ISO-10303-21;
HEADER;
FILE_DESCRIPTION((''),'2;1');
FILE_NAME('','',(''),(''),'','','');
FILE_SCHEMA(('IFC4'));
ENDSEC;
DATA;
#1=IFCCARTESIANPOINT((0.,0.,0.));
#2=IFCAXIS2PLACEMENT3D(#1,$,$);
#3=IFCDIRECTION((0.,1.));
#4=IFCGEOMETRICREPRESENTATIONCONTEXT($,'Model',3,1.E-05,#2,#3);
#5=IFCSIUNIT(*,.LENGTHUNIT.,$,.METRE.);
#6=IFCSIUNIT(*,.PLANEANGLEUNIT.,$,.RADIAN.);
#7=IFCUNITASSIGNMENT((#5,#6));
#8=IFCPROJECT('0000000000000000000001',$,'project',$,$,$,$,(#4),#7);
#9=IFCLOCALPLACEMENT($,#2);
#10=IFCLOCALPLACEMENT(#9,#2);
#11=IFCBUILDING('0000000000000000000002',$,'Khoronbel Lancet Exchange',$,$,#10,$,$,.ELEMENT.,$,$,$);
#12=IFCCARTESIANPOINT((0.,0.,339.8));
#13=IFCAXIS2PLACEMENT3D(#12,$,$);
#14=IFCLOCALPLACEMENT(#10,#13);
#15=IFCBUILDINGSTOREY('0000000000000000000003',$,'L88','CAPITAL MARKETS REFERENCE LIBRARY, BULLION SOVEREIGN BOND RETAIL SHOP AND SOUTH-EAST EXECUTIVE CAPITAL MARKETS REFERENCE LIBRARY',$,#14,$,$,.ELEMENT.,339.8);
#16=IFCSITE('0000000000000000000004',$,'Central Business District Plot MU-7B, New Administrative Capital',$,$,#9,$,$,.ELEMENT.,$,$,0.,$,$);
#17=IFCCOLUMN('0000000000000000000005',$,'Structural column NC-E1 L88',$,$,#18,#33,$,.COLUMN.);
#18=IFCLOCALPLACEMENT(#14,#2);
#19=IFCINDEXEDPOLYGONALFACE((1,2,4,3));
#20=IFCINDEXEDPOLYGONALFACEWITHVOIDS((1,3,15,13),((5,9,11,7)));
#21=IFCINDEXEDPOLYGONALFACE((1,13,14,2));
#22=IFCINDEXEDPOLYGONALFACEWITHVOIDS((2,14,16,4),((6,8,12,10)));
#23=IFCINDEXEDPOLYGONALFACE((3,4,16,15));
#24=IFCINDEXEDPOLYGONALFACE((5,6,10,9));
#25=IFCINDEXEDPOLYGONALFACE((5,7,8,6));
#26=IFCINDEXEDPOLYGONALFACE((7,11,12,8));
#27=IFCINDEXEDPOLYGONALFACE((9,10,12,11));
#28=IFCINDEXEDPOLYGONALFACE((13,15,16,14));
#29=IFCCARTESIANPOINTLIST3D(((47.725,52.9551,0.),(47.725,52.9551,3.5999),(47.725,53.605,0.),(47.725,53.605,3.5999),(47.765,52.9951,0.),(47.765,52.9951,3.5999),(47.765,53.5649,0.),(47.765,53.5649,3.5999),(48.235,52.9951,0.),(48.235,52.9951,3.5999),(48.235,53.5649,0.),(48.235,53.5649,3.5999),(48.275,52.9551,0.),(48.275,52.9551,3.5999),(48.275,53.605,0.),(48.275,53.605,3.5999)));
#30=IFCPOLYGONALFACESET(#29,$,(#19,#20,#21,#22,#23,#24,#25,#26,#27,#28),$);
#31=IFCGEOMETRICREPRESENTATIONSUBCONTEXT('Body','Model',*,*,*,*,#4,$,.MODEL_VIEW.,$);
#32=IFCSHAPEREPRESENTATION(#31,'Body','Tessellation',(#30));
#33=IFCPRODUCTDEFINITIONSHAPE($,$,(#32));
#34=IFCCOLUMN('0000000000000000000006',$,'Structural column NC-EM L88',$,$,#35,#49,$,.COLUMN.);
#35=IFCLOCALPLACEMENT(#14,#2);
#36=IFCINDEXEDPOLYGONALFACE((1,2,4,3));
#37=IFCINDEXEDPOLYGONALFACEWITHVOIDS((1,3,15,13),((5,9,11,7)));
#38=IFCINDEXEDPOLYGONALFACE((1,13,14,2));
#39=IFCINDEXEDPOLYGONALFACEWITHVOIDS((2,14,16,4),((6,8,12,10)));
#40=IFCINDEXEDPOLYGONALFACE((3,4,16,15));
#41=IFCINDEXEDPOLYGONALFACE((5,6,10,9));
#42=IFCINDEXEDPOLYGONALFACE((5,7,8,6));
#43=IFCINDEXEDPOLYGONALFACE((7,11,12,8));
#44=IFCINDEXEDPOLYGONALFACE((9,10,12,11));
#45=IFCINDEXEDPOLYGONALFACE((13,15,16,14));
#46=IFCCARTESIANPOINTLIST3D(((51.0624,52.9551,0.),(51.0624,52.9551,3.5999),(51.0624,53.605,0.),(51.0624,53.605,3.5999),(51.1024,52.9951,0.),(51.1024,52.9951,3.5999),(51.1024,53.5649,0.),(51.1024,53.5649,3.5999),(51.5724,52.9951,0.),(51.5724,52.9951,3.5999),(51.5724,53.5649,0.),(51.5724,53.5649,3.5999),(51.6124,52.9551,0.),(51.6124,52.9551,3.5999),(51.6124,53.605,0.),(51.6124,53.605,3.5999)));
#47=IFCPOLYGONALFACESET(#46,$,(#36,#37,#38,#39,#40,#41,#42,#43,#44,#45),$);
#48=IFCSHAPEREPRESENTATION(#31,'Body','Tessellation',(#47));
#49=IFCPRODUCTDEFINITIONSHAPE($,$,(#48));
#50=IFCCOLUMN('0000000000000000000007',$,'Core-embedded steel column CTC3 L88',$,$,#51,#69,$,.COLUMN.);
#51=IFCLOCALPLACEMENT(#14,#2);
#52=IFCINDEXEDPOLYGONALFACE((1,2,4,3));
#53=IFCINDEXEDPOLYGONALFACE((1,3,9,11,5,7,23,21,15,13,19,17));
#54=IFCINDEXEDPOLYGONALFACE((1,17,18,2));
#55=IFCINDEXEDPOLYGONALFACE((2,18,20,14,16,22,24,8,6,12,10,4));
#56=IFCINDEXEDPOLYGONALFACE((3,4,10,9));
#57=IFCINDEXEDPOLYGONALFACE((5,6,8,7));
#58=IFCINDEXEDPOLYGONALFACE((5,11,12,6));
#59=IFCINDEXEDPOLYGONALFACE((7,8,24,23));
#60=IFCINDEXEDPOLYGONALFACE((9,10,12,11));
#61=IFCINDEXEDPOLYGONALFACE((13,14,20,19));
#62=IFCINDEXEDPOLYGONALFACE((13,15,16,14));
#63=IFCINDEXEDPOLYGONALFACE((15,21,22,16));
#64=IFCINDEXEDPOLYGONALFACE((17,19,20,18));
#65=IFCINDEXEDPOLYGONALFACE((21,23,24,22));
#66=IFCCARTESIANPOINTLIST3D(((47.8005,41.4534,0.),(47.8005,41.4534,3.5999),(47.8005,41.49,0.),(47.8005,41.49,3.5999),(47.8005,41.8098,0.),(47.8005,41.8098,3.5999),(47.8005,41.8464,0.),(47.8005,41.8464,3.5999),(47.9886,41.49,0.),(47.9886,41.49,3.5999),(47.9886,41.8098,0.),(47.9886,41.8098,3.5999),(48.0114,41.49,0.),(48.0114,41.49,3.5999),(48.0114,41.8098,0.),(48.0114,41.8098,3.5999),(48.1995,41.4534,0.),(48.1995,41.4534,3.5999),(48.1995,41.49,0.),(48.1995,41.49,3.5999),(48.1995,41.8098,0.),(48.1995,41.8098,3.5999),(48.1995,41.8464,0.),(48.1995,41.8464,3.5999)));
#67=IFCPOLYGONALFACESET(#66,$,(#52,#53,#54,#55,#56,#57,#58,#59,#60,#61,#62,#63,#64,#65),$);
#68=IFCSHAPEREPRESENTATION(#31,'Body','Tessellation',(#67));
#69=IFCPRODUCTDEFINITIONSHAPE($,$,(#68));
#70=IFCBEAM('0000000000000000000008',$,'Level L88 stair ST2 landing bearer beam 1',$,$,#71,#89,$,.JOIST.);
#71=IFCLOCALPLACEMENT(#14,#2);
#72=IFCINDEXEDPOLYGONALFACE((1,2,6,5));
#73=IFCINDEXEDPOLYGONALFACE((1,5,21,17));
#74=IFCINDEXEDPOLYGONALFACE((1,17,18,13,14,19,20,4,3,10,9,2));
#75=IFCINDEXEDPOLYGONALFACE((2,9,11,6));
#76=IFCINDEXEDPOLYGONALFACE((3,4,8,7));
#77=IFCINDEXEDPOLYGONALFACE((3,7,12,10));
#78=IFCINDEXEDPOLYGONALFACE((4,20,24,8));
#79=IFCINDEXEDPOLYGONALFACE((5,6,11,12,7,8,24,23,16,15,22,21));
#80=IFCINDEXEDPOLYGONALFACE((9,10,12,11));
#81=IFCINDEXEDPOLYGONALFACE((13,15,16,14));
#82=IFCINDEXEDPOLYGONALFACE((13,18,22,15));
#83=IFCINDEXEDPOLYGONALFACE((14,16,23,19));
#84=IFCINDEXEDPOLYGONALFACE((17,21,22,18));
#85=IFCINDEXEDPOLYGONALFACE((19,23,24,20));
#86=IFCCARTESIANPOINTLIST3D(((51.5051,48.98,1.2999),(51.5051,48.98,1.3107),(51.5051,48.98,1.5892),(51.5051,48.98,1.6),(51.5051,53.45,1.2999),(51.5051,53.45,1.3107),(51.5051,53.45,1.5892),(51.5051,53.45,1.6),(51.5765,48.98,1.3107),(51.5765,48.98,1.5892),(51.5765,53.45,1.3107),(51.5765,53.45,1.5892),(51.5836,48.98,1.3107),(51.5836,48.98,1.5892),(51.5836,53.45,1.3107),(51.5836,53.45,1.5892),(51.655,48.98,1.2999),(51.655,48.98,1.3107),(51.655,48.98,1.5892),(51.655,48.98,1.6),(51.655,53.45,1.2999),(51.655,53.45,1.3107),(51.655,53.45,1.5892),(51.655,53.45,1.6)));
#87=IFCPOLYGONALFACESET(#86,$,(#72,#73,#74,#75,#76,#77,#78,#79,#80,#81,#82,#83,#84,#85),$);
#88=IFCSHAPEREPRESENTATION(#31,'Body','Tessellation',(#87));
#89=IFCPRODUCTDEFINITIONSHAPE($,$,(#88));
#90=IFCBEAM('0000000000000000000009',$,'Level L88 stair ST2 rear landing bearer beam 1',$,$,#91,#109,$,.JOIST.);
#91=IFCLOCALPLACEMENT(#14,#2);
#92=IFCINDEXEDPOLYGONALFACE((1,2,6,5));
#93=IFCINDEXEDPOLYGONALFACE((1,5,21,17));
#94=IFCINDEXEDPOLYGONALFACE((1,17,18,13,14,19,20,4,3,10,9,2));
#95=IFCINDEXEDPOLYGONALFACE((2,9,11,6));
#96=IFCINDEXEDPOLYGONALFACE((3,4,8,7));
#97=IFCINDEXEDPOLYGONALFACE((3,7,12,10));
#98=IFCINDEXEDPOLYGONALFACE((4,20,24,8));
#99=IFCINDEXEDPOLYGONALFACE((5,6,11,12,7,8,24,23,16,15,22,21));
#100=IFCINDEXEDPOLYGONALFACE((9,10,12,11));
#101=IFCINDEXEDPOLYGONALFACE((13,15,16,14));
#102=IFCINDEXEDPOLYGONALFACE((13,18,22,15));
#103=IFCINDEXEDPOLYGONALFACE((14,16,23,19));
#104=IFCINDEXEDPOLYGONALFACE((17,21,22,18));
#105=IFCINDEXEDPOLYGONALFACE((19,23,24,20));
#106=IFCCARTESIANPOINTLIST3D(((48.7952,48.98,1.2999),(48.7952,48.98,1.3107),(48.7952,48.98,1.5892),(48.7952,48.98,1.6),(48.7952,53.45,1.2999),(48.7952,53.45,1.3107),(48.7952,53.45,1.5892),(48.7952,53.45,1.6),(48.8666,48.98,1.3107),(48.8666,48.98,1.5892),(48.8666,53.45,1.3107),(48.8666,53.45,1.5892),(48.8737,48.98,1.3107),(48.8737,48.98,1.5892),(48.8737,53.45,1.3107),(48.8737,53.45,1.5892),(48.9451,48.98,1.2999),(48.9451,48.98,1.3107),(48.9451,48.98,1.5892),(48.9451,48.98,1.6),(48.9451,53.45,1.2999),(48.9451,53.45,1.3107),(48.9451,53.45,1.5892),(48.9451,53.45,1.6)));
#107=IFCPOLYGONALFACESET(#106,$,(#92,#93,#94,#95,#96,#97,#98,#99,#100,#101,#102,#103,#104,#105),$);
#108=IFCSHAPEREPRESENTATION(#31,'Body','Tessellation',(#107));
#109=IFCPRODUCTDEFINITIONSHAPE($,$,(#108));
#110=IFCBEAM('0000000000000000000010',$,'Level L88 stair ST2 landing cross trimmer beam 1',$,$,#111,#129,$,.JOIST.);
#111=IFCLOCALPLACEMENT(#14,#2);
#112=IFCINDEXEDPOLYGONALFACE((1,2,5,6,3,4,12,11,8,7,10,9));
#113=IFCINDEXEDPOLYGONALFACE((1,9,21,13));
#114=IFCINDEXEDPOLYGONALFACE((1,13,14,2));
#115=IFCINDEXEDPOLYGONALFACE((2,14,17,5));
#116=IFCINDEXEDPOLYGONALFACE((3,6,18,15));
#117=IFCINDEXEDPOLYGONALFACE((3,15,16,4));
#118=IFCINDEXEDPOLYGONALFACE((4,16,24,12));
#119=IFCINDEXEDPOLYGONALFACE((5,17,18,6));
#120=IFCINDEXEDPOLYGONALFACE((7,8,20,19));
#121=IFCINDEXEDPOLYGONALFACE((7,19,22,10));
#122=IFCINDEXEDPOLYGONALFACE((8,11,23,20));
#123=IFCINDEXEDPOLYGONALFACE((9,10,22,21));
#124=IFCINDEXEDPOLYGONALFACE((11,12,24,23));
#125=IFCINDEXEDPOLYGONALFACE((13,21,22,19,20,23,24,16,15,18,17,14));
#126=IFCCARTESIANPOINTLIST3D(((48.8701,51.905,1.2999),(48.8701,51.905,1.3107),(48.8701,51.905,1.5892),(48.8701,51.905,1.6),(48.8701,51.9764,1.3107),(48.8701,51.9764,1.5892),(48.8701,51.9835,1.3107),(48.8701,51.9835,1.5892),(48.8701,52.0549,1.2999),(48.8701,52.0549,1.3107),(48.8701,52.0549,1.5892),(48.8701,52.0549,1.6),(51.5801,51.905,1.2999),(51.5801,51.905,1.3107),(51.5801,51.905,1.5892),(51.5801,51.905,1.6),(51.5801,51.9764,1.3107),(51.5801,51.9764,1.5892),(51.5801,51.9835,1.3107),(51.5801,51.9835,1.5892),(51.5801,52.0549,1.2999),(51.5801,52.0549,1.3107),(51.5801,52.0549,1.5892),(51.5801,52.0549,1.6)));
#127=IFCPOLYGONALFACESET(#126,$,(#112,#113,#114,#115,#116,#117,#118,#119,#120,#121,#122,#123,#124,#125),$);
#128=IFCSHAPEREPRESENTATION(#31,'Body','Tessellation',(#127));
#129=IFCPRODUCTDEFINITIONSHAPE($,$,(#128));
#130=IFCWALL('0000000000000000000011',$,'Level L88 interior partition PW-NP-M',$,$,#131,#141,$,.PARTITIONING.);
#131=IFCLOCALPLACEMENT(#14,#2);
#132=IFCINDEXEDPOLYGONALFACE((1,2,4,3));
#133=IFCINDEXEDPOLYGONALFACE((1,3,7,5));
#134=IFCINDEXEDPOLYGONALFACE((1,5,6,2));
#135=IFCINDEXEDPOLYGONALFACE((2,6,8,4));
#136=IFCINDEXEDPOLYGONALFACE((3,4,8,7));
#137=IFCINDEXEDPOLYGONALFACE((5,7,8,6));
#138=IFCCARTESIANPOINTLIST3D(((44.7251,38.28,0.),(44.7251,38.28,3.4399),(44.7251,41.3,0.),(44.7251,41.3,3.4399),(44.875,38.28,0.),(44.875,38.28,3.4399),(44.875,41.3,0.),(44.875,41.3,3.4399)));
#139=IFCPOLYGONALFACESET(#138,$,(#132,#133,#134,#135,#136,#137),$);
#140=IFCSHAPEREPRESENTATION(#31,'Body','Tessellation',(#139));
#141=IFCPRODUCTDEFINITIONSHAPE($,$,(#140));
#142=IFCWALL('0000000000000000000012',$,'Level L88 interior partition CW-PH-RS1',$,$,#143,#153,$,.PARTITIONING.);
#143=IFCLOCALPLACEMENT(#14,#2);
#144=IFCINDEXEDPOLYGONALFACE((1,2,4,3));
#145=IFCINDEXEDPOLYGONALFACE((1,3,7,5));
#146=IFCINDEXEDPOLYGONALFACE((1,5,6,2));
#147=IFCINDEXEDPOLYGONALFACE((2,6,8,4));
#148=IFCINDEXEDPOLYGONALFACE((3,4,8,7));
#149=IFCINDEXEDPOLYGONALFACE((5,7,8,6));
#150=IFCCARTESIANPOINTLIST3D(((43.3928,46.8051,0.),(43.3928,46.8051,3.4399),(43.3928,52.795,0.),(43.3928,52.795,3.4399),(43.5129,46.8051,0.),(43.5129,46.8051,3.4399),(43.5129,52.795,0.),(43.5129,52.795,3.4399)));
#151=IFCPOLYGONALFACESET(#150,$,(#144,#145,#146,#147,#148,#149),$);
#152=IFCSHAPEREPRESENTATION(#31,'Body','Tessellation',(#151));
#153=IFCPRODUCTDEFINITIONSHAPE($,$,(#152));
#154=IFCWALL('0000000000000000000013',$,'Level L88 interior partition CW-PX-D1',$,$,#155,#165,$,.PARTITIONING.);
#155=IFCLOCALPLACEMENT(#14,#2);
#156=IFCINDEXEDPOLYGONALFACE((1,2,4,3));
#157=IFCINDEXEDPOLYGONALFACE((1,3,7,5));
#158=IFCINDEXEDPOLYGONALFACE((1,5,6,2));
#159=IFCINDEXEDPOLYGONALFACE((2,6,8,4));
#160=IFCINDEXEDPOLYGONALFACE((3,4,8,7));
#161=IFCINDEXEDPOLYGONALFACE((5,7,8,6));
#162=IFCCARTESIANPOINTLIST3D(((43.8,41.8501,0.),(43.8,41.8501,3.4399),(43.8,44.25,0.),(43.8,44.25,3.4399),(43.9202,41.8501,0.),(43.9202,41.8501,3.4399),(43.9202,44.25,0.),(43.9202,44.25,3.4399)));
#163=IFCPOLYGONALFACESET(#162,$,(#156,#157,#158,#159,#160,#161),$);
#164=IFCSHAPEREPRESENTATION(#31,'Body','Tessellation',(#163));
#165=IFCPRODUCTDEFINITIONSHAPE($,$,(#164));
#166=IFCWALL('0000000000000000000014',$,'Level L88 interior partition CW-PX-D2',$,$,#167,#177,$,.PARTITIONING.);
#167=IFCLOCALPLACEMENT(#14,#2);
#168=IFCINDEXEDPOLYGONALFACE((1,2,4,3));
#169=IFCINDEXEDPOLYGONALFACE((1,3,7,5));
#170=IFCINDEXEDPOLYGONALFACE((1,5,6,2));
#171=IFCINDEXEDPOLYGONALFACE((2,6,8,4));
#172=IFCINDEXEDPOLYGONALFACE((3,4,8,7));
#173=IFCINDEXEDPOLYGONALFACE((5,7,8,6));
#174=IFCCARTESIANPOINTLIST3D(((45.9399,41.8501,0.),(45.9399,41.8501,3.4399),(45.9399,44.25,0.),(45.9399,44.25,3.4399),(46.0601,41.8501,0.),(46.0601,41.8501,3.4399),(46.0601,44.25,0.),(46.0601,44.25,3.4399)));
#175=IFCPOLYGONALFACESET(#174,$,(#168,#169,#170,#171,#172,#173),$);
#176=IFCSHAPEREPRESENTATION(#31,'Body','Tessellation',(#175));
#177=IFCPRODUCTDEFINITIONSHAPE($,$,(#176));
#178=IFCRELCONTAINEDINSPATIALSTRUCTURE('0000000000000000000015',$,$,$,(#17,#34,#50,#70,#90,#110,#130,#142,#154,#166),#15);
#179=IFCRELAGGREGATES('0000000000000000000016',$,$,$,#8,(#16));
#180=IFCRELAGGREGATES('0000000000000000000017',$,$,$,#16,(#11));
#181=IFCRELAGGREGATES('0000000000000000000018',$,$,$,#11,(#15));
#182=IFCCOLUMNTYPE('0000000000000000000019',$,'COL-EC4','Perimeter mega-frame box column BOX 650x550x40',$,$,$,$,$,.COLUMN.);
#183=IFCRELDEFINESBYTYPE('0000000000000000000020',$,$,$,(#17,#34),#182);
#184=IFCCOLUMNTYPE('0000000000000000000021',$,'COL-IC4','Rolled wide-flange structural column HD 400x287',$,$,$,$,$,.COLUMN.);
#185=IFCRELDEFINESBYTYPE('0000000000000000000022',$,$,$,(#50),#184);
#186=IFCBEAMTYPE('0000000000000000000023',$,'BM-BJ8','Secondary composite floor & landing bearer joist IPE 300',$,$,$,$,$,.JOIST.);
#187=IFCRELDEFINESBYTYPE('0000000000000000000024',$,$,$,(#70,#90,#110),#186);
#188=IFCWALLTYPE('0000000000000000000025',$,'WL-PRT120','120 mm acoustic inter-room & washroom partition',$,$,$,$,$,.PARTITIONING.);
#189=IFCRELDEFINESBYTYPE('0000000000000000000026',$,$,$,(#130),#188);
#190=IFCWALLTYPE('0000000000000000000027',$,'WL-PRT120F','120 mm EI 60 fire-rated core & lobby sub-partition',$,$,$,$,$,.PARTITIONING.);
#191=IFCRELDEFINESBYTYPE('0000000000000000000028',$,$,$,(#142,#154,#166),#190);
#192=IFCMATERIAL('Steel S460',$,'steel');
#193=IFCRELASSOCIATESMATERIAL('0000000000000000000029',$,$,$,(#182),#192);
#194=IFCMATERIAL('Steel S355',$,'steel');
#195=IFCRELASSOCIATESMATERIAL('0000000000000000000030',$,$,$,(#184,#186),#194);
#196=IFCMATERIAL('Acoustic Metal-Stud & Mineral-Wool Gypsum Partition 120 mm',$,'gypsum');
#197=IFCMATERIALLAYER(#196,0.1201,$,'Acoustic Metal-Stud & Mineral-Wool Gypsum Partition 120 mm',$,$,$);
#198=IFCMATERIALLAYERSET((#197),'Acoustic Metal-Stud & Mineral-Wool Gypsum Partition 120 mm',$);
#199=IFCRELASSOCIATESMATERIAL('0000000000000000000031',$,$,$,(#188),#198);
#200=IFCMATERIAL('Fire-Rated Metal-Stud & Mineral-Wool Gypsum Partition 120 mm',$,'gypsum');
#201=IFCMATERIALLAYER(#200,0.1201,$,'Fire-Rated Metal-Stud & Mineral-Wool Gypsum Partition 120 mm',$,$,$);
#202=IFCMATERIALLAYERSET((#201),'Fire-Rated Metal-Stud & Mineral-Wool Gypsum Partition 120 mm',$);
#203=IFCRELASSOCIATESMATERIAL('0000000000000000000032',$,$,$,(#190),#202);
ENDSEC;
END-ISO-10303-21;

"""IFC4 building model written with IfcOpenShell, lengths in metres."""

from ifc_helpers import new_model, si_unit, direction, frame, frame_2d, origin, origin_2d, place, context, subcontext, project, spatial, rectangle, hollow_rectangle, i_section, extrude, material, layer, layer_set, material_profile, profile_set, type_object, element, save


model = new_model("IFC4")

# Units and contexts
model_context = context("Model", 3, precision=1e-05, world=origin(), true_north=direction((0.0, 1.0)))
body_context = subcontext(model_context, "Body", "Model", "MODEL_VIEW")
ifc_project = project(units=[si_unit("LENGTHUNIT", "METRE"), si_unit("PLANEANGLEUNIT", "RADIAN")], contexts=[model_context])

# Site, building, storey
site_placement = place(None, origin())
site = spatial("IfcSite", under=ifc_project, at=site_placement, Name="Central Business District Plot MU-7B, New Administrative Capital", CompositionType="ELEMENT", RefElevation=0.0)
building_placement = place(site_placement, origin())
building = spatial("IfcBuilding", under=site, at=building_placement, Name="Khoronbel Lancet Exchange", CompositionType="ELEMENT")
storey_placement = place(building_placement, frame((0.0, 0.0, 339.8)))
storey = spatial("IfcBuildingStorey", under=building, at=storey_placement, Name="L88", Description="CAPITAL MARKETS REFERENCE LIBRARY, BULLION SOVEREIGN BOND RETAIL SHOP AND SOUTH-EAST EXECUTIVE CAPITAL MARKETS REFERENCE LIBRARY", CompositionType="ELEMENT", Elevation=339.8)

# Columns
ifc_material_1 = material(Name="Steel S460", Category="steel")
ifc_material_profile_1 = material_profile(ifc_material_1, hollow_rectangle(XDim=0.55, YDim=0.6499, WallThickness=0.04, at=origin_2d()), Name="BOX 650x550x40")
ifc_profile_set_1 = profile_set([ifc_material_profile_1], Name="Steel S460")
column_type_1 = type_object("IfcColumnType", Name="COL-EC4", Description="Perimeter mega-frame box column BOX 650x550x40", PredefinedType="COLUMN", material=ifc_profile_set_1)
for number, where, z_axis, x_axis, name in (
    (1, (48.0, 53.28, 0.0), (0.0, 0.0, 1.0), (1.0, 0.0, 0.0), "Structural column NC-E1 L88"),
    (2, (51.3374, 53.28, 0.0), (0.0, 0.0, 1.0), (1.0, 0.0, 0.0), "Structural column NC-EM L88"),
):
    element("IfcColumn", number, at=place(storey_placement, frame(where, z_axis=z_axis, x_axis=x_axis)), inside=storey, type_object=column_type_1, Name=name, PredefinedType="COLUMN", context=body_context, shape_type="SweptSolid", body=[
        extrude(hollow_rectangle(XDim=0.55, YDim=0.6499, WallThickness=0.04, at=origin_2d()), origin(), (0.0, 0.0, 1.0), 3.5999),
    ])
ifc_material_2 = material(Name="Steel S355", Category="steel")
ifc_material_profile_2 = material_profile(ifc_material_2, i_section(OverallWidth=0.3989, OverallDepth=0.3931, WebThickness=0.0227, FlangeThickness=0.0366, at=origin_2d()), Name="HD 400x287")
ifc_profile_set_2 = profile_set([ifc_material_profile_2], Name="Steel S355")
column_type_2 = type_object("IfcColumnType", Name="COL-IC4", Description="Rolled wide-flange structural column HD 400x287", PredefinedType="COLUMN", material=ifc_profile_set_2)
column_placement = place(storey_placement, frame((48.0, 41.6499, 0.0), z_axis=(0.0, 0.0, 1.0), x_axis=(1.0, 0.0, 0.0)))
element("IfcColumn", 3, at=column_placement, inside=storey, type_object=column_type_2, Name="Core-embedded steel column CTC3 L88", PredefinedType="COLUMN", context=body_context, shape_type="SweptSolid", body=[
    extrude(i_section(OverallWidth=0.3989, OverallDepth=0.3931, WebThickness=0.0227, FlangeThickness=0.0366, at=origin_2d()), origin(), (0.0, 0.0, 1.0), 3.5999),
])

# Beams
ifc_material_profile_3 = material_profile(ifc_material_2, i_section(OverallWidth=0.1499, OverallDepth=0.3, WebThickness=0.0071, FlangeThickness=0.0107, at=origin_2d()), Name="IPE 300")
ifc_profile_set_3 = profile_set([ifc_material_profile_3], Name="Steel S355")
beam_type = type_object("IfcBeamType", Name="BM-BJ8", Description="Secondary composite floor & landing bearer joist IPE 300", PredefinedType="JOIST", material=ifc_profile_set_3)
for number, where, z_axis, x_axis, name in (
    (4, (51.5801, 48.98, 1.45), (0.0, 1.0, 0.0), (-1.0, 0.0, 0.0), "Level L88 stair ST2 landing bearer beam 1"),
    (5, (48.8701, 48.98, 1.45), (0.0, 1.0, 0.0), (-1.0, 0.0, 0.0), "Level L88 stair ST2 rear landing bearer beam 1"),
):
    element("IfcBeam", number, at=place(storey_placement, frame(where, z_axis=z_axis, x_axis=x_axis)), inside=storey, type_object=beam_type, Name=name, PredefinedType="JOIST", context=body_context, shape_type="SweptSolid", body=[
        extrude(i_section(OverallWidth=0.1499, OverallDepth=0.3, WebThickness=0.0071, FlangeThickness=0.0107, at=origin_2d()), origin(), (0.0, 0.0, 1.0), 4.47),
    ])
beam_placement = place(storey_placement, frame((48.8701, 51.98, 1.45), z_axis=(1.0, 0.0, 0.0), x_axis=(0.0, 1.0, 0.0)))
element("IfcBeam", 6, at=beam_placement, inside=storey, type_object=beam_type, Name="Level L88 stair ST2 landing cross trimmer beam 1", PredefinedType="JOIST", context=body_context, shape_type="SweptSolid", body=[
    extrude(i_section(OverallWidth=0.1499, OverallDepth=0.3, WebThickness=0.0071, FlangeThickness=0.0107, at=origin_2d()), origin(), (0.0, 0.0, 1.0), 2.71),
])

# Walls
ifc_material_3 = material(Name="Acoustic Metal-Stud & Mineral-Wool Gypsum Partition 120 mm", Category="gypsum")
ifc_layer_1 = layer(ifc_material_3, 0.1201, Name="Acoustic Metal-Stud & Mineral-Wool Gypsum Partition 120 mm")
ifc_layer_set_1 = layer_set([ifc_layer_1], Name="Acoustic Metal-Stud & Mineral-Wool Gypsum Partition 120 mm")
wall_type_1 = type_object("IfcWallType", Name="WL-PRT120", Description="120 mm acoustic inter-room & washroom partition", PredefinedType="PARTITIONING", material=ifc_layer_set_1)
wall_1_placement = place(storey_placement, frame((44.8, 38.28, 0.0), z_axis=(0.0, 0.0, 1.0), x_axis=(0.0, 1.0, 0.0)))
element("IfcWall", 7, at=wall_1_placement, inside=storey, type_object=wall_type_1, Name="Level L88 interior partition PW-NP-M", PredefinedType="PARTITIONING", context=body_context, shape_type="SweptSolid", body=[
    extrude(rectangle(XDim=3.02, YDim=0.1499, at=frame_2d((1.51, 0.0))), origin(), (0.0, 0.0, 1.0), 3.4399),
])
ifc_material_4 = material(Name="Fire-Rated Metal-Stud & Mineral-Wool Gypsum Partition 120 mm", Category="gypsum")
ifc_layer_2 = layer(ifc_material_4, 0.1201, Name="Fire-Rated Metal-Stud & Mineral-Wool Gypsum Partition 120 mm")
ifc_layer_set_2 = layer_set([ifc_layer_2], Name="Fire-Rated Metal-Stud & Mineral-Wool Gypsum Partition 120 mm")
wall_type_2 = type_object("IfcWallType", Name="WL-PRT120F", Description="120 mm EI 60 fire-rated core & lobby sub-partition", PredefinedType="PARTITIONING", material=ifc_layer_set_2)
wall_2_placement = place(storey_placement, frame((43.4529, 46.8049, 0.0), z_axis=(0.0, 0.0, 1.0), x_axis=(0.0, 1.0, 0.0)))
element("IfcWall", 8, at=wall_2_placement, inside=storey, type_object=wall_type_2, Name="Level L88 interior partition CW-PH-RS1", PredefinedType="PARTITIONING", context=body_context, shape_type="SweptSolid", body=[
    extrude(rectangle(XDim=5.99, YDim=0.1201, at=frame_2d((2.9951, 0.0))), origin(), (0.0, 0.0, 1.0), 3.4399),
])
for number, where, z_axis, x_axis, name in (
    (9, (43.8601, 41.8501, 0.0), (0.0, 0.0, 1.0), (0.0, 1.0, 0.0), "Level L88 interior partition CW-PX-D1"),
    (10, (46.0, 41.8501, 0.0), (0.0, 0.0, 1.0), (0.0, 1.0, 0.0), "Level L88 interior partition CW-PX-D2"),
):
    element("IfcWall", number, at=place(storey_placement, frame(where, z_axis=z_axis, x_axis=x_axis)), inside=storey, type_object=wall_type_2, Name=name, PredefinedType="PARTITIONING", context=body_context, shape_type="SweptSolid", body=[
        extrude(rectangle(XDim=2.3999, YDim=0.1201, at=frame_2d((1.2, 0.0))), origin(), (0.0, 0.0, 1.0), 3.4399),
    ])

save(model, "model.ifc")
